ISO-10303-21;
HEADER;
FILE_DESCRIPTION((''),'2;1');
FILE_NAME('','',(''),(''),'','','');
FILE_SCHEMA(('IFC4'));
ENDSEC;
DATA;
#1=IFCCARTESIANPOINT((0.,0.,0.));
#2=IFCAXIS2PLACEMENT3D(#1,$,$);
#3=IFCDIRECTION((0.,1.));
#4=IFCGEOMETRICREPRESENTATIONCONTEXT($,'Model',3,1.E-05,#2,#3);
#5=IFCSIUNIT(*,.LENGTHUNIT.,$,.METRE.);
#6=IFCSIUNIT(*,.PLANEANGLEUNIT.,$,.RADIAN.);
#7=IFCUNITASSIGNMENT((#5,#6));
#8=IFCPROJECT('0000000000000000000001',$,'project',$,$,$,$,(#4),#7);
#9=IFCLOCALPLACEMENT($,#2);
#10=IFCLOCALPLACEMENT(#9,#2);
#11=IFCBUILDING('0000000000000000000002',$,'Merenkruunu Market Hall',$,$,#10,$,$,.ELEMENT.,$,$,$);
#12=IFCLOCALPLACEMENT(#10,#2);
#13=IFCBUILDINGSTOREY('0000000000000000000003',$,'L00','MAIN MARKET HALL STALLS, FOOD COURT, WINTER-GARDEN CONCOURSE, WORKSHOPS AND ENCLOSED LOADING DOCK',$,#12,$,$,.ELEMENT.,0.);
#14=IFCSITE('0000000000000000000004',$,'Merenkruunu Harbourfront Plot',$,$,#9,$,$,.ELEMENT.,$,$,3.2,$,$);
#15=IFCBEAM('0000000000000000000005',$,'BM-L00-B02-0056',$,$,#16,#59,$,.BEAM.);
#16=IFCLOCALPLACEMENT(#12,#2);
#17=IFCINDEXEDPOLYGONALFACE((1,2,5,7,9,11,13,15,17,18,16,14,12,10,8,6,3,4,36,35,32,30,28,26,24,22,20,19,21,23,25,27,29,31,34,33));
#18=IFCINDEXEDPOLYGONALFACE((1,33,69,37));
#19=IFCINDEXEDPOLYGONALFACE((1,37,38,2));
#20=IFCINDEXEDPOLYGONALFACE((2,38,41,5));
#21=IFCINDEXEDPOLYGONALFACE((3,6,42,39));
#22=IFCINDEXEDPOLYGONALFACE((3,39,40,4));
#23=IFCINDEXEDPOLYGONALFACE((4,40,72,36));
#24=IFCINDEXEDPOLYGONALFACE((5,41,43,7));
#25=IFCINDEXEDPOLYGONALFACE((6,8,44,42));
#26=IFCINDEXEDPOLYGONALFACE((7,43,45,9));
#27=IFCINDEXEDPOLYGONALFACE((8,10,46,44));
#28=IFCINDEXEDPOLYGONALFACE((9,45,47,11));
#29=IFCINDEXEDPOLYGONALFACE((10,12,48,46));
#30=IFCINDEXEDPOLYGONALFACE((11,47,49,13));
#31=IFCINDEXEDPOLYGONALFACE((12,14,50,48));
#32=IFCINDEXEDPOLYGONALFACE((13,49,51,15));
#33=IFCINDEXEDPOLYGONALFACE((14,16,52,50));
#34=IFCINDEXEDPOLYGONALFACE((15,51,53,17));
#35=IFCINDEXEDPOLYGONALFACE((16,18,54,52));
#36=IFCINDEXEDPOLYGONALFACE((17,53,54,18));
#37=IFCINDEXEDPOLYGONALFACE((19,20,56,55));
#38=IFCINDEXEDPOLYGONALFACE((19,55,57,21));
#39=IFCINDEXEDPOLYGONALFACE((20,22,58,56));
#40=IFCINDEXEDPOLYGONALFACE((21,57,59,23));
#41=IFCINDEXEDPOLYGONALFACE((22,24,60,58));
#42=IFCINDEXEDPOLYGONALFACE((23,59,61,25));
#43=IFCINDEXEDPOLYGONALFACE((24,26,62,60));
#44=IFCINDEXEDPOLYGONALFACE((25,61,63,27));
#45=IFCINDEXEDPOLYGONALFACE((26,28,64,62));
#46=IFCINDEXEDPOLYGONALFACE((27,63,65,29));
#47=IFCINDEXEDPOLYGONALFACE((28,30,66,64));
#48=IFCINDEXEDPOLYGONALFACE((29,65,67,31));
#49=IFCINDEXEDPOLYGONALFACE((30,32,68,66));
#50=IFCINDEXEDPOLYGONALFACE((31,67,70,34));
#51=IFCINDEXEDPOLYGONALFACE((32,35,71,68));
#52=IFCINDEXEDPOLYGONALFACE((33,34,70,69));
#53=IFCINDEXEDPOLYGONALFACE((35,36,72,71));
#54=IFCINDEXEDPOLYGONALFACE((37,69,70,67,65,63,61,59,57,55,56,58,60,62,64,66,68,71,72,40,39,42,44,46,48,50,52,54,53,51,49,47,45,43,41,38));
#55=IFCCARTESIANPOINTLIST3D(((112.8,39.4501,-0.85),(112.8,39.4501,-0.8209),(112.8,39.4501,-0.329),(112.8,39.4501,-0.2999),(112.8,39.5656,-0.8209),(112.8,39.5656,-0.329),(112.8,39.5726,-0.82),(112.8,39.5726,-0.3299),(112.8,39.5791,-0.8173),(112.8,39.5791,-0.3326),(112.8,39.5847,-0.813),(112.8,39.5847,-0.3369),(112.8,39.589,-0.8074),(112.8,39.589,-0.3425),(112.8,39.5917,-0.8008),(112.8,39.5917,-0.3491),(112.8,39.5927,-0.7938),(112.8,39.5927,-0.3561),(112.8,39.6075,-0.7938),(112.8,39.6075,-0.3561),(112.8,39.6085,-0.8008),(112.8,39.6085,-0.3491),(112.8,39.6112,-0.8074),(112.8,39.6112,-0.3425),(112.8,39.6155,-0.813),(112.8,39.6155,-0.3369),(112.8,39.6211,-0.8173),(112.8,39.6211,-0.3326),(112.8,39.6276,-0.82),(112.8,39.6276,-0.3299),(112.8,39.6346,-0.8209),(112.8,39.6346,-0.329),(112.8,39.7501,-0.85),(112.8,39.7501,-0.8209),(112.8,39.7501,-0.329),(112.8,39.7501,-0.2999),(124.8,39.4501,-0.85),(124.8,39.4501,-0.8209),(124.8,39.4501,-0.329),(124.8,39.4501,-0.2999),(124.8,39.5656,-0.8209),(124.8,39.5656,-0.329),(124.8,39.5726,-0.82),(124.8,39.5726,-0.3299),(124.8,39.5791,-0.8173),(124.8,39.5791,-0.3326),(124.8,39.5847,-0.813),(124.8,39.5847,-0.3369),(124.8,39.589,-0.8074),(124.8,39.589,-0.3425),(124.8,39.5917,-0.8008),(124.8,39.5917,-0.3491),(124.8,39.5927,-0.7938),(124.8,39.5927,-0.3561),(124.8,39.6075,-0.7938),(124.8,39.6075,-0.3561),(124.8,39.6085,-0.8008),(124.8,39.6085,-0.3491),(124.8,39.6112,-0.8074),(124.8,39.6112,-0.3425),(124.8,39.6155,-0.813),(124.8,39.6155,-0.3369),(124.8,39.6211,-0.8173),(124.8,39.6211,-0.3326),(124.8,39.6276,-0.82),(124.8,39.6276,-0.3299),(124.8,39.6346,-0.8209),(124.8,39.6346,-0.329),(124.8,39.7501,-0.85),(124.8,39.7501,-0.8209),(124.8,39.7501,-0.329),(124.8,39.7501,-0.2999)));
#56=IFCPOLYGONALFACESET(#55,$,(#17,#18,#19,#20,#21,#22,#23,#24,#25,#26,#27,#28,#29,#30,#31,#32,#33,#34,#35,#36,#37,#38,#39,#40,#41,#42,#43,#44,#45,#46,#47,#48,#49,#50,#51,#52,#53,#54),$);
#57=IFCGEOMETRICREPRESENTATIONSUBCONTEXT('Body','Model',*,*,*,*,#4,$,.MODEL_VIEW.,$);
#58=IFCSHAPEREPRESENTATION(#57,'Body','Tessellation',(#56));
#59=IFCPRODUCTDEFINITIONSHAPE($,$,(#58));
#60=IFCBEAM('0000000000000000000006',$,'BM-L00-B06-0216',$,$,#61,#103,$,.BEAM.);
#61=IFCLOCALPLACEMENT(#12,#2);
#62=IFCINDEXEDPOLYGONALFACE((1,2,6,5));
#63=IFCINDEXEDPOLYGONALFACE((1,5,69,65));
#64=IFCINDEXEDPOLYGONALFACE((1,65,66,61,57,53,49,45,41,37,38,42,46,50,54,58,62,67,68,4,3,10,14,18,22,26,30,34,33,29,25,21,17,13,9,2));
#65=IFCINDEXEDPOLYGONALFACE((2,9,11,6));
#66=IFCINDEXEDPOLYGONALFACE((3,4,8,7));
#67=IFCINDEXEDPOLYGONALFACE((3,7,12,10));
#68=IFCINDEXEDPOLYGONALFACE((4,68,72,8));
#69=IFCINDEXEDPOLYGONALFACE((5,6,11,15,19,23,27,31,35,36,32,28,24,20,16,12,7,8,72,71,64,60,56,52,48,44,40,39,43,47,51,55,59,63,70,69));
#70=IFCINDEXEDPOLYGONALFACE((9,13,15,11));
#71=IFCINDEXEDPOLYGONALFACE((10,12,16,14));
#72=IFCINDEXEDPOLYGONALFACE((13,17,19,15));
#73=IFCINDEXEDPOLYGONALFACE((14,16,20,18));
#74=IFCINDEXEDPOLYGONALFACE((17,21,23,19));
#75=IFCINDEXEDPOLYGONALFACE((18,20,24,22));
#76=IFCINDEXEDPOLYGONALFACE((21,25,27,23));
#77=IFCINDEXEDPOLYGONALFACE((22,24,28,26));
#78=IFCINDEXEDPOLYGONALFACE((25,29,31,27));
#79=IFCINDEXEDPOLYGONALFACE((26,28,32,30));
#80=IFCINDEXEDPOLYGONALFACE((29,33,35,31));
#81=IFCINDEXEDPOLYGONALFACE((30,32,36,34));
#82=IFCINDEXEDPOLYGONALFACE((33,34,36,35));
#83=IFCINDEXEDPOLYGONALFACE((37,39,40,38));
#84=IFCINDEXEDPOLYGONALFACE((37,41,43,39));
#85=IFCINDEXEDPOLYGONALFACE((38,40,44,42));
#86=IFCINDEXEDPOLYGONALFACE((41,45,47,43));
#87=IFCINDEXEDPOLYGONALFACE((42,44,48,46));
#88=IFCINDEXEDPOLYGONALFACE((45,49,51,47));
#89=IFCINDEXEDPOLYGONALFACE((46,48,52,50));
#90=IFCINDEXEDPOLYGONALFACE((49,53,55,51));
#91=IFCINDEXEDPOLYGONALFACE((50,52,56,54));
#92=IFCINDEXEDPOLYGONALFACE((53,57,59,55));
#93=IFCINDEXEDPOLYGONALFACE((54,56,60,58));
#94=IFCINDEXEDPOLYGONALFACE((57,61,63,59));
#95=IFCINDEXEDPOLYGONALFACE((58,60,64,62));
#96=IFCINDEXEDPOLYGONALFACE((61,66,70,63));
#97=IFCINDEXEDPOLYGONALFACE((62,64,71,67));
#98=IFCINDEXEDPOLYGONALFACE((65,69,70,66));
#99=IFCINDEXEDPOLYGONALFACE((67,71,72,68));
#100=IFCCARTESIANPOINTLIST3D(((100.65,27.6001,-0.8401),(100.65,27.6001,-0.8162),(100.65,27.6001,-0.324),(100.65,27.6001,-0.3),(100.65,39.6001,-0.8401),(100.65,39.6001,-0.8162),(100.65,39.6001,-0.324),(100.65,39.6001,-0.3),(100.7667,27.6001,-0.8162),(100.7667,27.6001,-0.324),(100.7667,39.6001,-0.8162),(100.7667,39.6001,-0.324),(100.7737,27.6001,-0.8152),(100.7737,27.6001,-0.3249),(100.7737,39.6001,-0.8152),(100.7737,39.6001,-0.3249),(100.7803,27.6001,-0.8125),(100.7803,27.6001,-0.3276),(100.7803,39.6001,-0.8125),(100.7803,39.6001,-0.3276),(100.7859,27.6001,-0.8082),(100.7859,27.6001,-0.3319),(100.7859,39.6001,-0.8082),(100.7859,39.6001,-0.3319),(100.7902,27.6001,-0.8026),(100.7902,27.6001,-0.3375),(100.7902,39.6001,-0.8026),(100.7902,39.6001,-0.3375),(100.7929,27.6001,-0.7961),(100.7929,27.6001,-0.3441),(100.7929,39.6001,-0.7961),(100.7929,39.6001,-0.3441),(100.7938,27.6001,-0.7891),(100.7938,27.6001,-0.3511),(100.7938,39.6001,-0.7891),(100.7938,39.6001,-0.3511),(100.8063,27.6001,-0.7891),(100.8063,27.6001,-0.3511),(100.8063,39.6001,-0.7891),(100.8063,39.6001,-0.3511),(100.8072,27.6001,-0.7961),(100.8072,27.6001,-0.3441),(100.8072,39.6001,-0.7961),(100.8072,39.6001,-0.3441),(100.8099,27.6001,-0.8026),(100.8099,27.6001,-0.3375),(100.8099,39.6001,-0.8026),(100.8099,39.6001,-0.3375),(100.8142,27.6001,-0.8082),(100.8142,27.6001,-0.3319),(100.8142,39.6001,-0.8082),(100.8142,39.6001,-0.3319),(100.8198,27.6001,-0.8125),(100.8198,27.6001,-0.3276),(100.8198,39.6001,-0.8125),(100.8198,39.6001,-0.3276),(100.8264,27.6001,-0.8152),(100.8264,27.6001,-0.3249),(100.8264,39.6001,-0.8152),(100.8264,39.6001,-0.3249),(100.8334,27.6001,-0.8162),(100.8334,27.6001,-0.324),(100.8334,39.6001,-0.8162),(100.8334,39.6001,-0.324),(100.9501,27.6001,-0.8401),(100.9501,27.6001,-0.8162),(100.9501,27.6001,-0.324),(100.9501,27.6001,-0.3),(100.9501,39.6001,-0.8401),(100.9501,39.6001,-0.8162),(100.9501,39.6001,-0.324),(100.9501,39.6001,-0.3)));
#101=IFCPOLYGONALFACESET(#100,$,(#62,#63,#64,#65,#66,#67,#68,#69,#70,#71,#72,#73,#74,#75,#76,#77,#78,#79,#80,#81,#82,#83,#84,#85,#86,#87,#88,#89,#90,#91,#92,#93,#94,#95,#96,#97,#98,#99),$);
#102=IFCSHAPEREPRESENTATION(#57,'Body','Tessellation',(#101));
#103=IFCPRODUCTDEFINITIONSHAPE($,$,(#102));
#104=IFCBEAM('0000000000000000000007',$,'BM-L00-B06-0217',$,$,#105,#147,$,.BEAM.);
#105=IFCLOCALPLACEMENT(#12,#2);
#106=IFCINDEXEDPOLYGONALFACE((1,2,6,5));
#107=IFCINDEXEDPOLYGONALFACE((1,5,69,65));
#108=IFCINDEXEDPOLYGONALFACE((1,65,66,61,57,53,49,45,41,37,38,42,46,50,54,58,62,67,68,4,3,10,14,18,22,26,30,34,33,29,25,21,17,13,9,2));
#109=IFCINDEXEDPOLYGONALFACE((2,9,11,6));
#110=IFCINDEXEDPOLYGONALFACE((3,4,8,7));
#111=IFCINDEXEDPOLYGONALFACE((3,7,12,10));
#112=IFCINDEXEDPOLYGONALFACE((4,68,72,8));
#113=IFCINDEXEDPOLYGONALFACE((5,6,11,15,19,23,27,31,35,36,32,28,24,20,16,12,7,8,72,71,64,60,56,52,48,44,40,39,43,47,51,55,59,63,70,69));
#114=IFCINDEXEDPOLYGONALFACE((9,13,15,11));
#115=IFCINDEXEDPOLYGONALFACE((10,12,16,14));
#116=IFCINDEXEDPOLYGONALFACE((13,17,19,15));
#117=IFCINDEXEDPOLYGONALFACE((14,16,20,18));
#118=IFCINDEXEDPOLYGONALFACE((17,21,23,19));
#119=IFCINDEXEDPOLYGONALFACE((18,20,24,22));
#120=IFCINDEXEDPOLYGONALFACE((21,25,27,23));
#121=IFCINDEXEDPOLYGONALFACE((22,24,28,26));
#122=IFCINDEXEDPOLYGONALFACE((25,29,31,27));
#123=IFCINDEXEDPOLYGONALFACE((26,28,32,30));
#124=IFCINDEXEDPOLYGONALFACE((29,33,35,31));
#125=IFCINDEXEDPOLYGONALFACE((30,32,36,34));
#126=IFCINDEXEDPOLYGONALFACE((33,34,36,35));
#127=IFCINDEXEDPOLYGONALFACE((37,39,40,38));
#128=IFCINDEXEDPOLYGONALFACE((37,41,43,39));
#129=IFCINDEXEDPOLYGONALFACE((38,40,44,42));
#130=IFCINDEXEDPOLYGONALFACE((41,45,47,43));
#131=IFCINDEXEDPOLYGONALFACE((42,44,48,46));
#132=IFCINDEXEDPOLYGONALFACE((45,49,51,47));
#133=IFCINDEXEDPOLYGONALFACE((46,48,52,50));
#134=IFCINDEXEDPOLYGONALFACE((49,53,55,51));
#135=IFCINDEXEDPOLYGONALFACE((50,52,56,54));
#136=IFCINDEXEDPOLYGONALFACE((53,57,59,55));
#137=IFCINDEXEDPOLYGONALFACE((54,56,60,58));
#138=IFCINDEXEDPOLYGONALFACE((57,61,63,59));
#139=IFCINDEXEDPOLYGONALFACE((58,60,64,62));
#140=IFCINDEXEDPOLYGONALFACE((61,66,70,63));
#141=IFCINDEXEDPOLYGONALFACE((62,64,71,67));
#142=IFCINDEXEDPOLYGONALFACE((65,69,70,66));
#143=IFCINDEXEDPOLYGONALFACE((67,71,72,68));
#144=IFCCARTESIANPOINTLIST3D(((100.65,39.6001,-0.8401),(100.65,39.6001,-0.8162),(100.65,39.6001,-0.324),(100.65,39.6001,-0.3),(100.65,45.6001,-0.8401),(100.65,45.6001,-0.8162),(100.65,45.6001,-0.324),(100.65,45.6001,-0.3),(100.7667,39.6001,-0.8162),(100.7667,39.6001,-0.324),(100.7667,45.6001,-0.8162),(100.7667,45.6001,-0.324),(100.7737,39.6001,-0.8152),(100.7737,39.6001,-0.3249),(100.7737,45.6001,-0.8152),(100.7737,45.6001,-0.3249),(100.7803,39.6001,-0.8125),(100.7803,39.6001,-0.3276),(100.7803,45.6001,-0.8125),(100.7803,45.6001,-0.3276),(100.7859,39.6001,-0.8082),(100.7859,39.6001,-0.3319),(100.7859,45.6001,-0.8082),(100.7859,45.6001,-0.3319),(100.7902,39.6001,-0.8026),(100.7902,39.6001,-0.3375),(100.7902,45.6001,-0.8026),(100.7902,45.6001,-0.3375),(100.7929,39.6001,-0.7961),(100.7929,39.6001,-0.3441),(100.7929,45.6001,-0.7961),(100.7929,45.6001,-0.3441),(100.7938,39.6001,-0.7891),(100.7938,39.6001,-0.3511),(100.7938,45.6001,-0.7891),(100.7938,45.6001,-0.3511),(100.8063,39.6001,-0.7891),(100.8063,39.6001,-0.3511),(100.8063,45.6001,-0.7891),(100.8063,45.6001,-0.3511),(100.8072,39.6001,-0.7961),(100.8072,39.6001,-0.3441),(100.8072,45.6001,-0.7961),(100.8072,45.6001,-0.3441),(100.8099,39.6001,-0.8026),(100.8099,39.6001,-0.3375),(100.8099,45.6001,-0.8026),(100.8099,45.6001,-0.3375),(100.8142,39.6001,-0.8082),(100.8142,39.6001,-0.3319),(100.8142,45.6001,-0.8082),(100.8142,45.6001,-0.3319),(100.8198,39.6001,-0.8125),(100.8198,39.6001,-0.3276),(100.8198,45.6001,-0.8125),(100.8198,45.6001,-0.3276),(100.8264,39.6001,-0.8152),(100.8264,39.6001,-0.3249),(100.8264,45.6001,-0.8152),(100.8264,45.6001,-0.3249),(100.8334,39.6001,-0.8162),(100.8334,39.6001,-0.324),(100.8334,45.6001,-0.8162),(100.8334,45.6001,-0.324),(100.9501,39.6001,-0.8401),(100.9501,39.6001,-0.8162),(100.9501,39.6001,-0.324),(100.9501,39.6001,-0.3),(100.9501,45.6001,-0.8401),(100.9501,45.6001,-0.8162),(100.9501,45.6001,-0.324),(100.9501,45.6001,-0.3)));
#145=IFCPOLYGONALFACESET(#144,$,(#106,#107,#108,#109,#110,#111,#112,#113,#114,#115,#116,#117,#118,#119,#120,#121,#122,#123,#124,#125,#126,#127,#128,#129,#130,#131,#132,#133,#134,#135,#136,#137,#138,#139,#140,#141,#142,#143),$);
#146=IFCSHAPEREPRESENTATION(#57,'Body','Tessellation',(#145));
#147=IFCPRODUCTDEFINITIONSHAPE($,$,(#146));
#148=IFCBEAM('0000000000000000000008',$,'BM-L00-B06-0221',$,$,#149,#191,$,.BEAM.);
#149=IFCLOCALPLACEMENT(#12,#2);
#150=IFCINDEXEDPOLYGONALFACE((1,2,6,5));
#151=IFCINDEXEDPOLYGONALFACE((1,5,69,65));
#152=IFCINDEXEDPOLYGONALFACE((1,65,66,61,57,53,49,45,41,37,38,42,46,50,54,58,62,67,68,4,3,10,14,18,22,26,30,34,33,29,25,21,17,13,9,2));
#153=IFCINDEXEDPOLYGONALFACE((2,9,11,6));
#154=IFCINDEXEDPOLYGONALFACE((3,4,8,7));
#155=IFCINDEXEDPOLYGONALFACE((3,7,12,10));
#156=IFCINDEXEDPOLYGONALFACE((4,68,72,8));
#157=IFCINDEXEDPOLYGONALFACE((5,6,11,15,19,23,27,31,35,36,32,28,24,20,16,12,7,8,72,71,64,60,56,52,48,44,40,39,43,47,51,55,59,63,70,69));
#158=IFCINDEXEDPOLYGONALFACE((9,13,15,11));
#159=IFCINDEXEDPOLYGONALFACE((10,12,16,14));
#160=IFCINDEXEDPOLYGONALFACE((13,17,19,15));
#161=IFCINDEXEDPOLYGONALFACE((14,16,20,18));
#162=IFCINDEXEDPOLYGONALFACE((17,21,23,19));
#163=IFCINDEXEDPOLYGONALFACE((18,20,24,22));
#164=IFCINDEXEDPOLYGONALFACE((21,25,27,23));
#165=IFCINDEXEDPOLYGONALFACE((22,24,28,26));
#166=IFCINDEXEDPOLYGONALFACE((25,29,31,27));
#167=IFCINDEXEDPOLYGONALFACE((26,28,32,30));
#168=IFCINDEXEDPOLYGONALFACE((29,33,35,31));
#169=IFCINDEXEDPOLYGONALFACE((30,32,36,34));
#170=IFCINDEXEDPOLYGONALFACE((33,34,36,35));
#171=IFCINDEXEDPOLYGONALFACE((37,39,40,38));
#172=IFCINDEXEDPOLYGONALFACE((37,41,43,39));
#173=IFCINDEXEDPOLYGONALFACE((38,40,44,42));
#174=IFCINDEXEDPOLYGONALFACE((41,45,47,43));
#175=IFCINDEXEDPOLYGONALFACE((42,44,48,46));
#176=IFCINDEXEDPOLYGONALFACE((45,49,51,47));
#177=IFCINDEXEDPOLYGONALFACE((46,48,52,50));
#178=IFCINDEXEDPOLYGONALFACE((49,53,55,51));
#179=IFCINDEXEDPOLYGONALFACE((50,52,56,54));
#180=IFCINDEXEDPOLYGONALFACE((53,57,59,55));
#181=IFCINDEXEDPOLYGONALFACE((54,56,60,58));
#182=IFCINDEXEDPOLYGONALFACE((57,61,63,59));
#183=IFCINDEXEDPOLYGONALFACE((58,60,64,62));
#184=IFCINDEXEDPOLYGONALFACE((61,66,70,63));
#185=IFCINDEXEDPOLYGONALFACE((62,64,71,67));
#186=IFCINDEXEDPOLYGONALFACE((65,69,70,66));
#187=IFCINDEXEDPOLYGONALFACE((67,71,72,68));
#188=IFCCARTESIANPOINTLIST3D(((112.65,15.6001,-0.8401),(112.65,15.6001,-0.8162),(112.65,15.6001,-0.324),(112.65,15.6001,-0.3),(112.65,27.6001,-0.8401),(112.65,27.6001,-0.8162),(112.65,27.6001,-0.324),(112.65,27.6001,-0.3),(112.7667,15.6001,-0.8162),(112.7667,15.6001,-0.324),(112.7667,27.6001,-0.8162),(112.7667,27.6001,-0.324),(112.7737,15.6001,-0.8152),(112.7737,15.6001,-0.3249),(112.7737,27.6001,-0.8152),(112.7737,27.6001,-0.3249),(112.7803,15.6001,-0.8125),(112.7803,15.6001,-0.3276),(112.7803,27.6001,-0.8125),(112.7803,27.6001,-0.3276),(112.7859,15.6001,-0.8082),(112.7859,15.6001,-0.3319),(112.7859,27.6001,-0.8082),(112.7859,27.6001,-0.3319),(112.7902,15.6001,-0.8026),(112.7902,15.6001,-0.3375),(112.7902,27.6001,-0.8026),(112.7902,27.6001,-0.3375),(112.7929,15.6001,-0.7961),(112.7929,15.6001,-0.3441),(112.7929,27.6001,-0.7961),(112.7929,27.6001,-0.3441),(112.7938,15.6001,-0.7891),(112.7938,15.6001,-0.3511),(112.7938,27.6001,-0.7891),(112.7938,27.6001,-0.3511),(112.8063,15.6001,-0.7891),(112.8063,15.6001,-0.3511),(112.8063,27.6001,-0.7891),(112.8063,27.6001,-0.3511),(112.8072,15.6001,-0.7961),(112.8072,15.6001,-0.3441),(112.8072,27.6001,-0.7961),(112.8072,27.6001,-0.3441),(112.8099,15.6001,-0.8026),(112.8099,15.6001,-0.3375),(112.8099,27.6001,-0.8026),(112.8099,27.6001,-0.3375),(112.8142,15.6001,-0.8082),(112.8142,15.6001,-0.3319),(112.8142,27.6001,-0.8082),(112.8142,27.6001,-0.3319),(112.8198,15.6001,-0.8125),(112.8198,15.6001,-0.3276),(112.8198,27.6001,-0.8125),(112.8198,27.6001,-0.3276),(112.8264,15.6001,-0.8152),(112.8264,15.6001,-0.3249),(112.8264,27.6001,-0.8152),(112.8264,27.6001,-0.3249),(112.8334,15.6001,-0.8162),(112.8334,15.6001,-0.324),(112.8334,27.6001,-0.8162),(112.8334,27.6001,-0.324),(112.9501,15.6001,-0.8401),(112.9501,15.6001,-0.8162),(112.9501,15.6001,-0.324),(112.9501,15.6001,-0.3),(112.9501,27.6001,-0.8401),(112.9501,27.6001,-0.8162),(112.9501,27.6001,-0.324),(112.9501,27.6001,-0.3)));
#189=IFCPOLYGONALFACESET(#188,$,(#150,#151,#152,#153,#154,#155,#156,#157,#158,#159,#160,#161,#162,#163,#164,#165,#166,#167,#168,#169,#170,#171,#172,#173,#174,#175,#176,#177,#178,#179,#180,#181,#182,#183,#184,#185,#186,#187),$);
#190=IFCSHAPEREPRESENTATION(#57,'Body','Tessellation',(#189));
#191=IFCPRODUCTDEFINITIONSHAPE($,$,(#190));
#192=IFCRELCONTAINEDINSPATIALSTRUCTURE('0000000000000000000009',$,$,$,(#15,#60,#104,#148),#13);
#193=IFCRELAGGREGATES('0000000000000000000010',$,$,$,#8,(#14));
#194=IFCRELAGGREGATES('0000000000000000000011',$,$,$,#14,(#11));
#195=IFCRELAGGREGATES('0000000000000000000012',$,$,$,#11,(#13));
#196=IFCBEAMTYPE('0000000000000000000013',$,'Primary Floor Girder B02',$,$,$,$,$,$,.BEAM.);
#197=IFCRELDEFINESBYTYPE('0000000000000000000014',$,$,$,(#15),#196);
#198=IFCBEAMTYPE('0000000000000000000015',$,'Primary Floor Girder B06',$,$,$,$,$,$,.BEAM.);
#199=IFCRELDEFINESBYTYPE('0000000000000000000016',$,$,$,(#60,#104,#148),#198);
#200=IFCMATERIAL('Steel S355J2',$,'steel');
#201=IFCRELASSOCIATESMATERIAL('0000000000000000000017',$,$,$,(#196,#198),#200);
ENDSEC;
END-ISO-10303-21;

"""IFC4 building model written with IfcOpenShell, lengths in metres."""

from ifc_helpers import new_model, si_unit, direction, frame, origin, origin_2d, place, context, subcontext, project, spatial, i_section, extrude, material, material_profile, profile_set, type_object, element, save


model = new_model("IFC4")

# Units and contexts
model_context = context("Model", 3, precision=1e-05, world=origin(), true_north=direction((0.0, 1.0)))
body_context = subcontext(model_context, "Body", "Model", "MODEL_VIEW")
ifc_project = project(units=[si_unit("LENGTHUNIT", "METRE"), si_unit("PLANEANGLEUNIT", "RADIAN")], contexts=[model_context])

# Site, building, storey
site_placement = place(None, origin())
site = spatial("IfcSite", under=ifc_project, at=site_placement, Name="Merenkruunu Harbourfront Plot", CompositionType="ELEMENT", RefElevation=3.2)
building_placement = place(site_placement, origin())
building = spatial("IfcBuilding", under=site, at=building_placement, Name="Merenkruunu Market Hall", CompositionType="ELEMENT")
storey_placement = place(building_placement, origin())
storey = spatial("IfcBuildingStorey", under=building, at=storey_placement, Name="L00", Description="MAIN MARKET HALL STALLS, FOOD COURT, WINTER-GARDEN CONCOURSE, WORKSHOPS AND ENCLOSED LOADING DOCK", CompositionType="ELEMENT", Elevation=0.0)

# Shared definitions
ifc_material_1 = material(Name="Steel S355J2", Category="steel")

# Beams
ifc_material_profile_1 = material_profile(ifc_material_1, i_section(OverallWidth=0.3, OverallDepth=0.55, WebThickness=0.0149, FlangeThickness=0.0291, FilletRadius=0.0271, at=origin_2d()), Name="HEB 550")
ifc_profile_set_1 = profile_set([ifc_material_profile_1], Name="Steel S355J2")
beam_type_1 = type_object("IfcBeamType", Name="Primary Floor Girder B02", PredefinedType="BEAM", material=ifc_profile_set_1)
for number, where, z_axis, x_axis, name in (
    (1, (112.8, 39.6001, -0.575), (1.0, 0.0, 0.0), (0.0, 1.0, 0.0), "BM-L00-B02-0056"),
):
    element("IfcBeam", number, at=place(storey_placement, frame(where, z_axis=z_axis, x_axis=x_axis)), inside=storey, type_object=beam_type_1, Name=name, PredefinedType="BEAM", context=body_context, shape_type="SweptSolid", body=[
        extrude(i_section(OverallWidth=0.3, OverallDepth=0.55, WebThickness=0.0149, FlangeThickness=0.0291, FilletRadius=0.0271, at=origin_2d()), origin(), (0.0, 0.0, 1.0), 12.0),
    ])
ifc_material_profile_2 = material_profile(ifc_material_1, i_section(OverallWidth=0.3, OverallDepth=0.54, WebThickness=0.0125, FlangeThickness=0.0239, FilletRadius=0.0271, at=origin_2d()), Name="HEA 550")
ifc_profile_set_2 = profile_set([ifc_material_profile_2], Name="Steel S355J2")
beam_type_2 = type_object("IfcBeamType", Name="Primary Floor Girder B06", PredefinedType="BEAM", material=ifc_profile_set_2)
beam_1_placement = place(storey_placement, frame((100.8, 27.6001, -0.5701), z_axis=(0.0, 1.0, 0.0), x_axis=(-1.0, 0.0, 0.0)))
element("IfcBeam", 2, at=beam_1_placement, inside=storey, type_object=beam_type_2, Name="BM-L00-B06-0216", PredefinedType="BEAM", context=body_context, shape_type="SweptSolid", body=[
    extrude(i_section(OverallWidth=0.3, OverallDepth=0.54, WebThickness=0.0125, FlangeThickness=0.0239, FilletRadius=0.0271, at=origin_2d()), origin(), (0.0, 0.0, 1.0), 12.0),
])
beam_2_placement = place(storey_placement, frame((100.8, 39.6001, -0.5701), z_axis=(0.0, 1.0, 0.0), x_axis=(-1.0, 0.0, 0.0)))
element("IfcBeam", 3, at=beam_2_placement, inside=storey, type_object=beam_type_2, Name="BM-L00-B06-0217", PredefinedType="BEAM", context=body_context, shape_type="SweptSolid", body=[
    extrude(i_section(OverallWidth=0.3, OverallDepth=0.54, WebThickness=0.0125, FlangeThickness=0.0239, FilletRadius=0.0271, at=origin_2d()), origin(), (0.0, 0.0, 1.0), 6.0),
])
for number, where, z_axis, x_axis, name in (
    (4, (112.8, 15.6001, -0.5701), (0.0, 1.0, 0.0), (-1.0, 0.0, 0.0), "BM-L00-B06-0221"),
):
    element("IfcBeam", number, at=place(storey_placement, frame(where, z_axis=z_axis, x_axis=x_axis)), inside=storey, type_object=beam_type_2, Name=name, PredefinedType="BEAM", context=body_context, shape_type="SweptSolid", body=[
        extrude(i_section(OverallWidth=0.3, OverallDepth=0.54, WebThickness=0.0125, FlangeThickness=0.0239, FilletRadius=0.0271, at=origin_2d()), origin(), (0.0, 0.0, 1.0), 12.0),
    ])

save(model, "model.ifc")
